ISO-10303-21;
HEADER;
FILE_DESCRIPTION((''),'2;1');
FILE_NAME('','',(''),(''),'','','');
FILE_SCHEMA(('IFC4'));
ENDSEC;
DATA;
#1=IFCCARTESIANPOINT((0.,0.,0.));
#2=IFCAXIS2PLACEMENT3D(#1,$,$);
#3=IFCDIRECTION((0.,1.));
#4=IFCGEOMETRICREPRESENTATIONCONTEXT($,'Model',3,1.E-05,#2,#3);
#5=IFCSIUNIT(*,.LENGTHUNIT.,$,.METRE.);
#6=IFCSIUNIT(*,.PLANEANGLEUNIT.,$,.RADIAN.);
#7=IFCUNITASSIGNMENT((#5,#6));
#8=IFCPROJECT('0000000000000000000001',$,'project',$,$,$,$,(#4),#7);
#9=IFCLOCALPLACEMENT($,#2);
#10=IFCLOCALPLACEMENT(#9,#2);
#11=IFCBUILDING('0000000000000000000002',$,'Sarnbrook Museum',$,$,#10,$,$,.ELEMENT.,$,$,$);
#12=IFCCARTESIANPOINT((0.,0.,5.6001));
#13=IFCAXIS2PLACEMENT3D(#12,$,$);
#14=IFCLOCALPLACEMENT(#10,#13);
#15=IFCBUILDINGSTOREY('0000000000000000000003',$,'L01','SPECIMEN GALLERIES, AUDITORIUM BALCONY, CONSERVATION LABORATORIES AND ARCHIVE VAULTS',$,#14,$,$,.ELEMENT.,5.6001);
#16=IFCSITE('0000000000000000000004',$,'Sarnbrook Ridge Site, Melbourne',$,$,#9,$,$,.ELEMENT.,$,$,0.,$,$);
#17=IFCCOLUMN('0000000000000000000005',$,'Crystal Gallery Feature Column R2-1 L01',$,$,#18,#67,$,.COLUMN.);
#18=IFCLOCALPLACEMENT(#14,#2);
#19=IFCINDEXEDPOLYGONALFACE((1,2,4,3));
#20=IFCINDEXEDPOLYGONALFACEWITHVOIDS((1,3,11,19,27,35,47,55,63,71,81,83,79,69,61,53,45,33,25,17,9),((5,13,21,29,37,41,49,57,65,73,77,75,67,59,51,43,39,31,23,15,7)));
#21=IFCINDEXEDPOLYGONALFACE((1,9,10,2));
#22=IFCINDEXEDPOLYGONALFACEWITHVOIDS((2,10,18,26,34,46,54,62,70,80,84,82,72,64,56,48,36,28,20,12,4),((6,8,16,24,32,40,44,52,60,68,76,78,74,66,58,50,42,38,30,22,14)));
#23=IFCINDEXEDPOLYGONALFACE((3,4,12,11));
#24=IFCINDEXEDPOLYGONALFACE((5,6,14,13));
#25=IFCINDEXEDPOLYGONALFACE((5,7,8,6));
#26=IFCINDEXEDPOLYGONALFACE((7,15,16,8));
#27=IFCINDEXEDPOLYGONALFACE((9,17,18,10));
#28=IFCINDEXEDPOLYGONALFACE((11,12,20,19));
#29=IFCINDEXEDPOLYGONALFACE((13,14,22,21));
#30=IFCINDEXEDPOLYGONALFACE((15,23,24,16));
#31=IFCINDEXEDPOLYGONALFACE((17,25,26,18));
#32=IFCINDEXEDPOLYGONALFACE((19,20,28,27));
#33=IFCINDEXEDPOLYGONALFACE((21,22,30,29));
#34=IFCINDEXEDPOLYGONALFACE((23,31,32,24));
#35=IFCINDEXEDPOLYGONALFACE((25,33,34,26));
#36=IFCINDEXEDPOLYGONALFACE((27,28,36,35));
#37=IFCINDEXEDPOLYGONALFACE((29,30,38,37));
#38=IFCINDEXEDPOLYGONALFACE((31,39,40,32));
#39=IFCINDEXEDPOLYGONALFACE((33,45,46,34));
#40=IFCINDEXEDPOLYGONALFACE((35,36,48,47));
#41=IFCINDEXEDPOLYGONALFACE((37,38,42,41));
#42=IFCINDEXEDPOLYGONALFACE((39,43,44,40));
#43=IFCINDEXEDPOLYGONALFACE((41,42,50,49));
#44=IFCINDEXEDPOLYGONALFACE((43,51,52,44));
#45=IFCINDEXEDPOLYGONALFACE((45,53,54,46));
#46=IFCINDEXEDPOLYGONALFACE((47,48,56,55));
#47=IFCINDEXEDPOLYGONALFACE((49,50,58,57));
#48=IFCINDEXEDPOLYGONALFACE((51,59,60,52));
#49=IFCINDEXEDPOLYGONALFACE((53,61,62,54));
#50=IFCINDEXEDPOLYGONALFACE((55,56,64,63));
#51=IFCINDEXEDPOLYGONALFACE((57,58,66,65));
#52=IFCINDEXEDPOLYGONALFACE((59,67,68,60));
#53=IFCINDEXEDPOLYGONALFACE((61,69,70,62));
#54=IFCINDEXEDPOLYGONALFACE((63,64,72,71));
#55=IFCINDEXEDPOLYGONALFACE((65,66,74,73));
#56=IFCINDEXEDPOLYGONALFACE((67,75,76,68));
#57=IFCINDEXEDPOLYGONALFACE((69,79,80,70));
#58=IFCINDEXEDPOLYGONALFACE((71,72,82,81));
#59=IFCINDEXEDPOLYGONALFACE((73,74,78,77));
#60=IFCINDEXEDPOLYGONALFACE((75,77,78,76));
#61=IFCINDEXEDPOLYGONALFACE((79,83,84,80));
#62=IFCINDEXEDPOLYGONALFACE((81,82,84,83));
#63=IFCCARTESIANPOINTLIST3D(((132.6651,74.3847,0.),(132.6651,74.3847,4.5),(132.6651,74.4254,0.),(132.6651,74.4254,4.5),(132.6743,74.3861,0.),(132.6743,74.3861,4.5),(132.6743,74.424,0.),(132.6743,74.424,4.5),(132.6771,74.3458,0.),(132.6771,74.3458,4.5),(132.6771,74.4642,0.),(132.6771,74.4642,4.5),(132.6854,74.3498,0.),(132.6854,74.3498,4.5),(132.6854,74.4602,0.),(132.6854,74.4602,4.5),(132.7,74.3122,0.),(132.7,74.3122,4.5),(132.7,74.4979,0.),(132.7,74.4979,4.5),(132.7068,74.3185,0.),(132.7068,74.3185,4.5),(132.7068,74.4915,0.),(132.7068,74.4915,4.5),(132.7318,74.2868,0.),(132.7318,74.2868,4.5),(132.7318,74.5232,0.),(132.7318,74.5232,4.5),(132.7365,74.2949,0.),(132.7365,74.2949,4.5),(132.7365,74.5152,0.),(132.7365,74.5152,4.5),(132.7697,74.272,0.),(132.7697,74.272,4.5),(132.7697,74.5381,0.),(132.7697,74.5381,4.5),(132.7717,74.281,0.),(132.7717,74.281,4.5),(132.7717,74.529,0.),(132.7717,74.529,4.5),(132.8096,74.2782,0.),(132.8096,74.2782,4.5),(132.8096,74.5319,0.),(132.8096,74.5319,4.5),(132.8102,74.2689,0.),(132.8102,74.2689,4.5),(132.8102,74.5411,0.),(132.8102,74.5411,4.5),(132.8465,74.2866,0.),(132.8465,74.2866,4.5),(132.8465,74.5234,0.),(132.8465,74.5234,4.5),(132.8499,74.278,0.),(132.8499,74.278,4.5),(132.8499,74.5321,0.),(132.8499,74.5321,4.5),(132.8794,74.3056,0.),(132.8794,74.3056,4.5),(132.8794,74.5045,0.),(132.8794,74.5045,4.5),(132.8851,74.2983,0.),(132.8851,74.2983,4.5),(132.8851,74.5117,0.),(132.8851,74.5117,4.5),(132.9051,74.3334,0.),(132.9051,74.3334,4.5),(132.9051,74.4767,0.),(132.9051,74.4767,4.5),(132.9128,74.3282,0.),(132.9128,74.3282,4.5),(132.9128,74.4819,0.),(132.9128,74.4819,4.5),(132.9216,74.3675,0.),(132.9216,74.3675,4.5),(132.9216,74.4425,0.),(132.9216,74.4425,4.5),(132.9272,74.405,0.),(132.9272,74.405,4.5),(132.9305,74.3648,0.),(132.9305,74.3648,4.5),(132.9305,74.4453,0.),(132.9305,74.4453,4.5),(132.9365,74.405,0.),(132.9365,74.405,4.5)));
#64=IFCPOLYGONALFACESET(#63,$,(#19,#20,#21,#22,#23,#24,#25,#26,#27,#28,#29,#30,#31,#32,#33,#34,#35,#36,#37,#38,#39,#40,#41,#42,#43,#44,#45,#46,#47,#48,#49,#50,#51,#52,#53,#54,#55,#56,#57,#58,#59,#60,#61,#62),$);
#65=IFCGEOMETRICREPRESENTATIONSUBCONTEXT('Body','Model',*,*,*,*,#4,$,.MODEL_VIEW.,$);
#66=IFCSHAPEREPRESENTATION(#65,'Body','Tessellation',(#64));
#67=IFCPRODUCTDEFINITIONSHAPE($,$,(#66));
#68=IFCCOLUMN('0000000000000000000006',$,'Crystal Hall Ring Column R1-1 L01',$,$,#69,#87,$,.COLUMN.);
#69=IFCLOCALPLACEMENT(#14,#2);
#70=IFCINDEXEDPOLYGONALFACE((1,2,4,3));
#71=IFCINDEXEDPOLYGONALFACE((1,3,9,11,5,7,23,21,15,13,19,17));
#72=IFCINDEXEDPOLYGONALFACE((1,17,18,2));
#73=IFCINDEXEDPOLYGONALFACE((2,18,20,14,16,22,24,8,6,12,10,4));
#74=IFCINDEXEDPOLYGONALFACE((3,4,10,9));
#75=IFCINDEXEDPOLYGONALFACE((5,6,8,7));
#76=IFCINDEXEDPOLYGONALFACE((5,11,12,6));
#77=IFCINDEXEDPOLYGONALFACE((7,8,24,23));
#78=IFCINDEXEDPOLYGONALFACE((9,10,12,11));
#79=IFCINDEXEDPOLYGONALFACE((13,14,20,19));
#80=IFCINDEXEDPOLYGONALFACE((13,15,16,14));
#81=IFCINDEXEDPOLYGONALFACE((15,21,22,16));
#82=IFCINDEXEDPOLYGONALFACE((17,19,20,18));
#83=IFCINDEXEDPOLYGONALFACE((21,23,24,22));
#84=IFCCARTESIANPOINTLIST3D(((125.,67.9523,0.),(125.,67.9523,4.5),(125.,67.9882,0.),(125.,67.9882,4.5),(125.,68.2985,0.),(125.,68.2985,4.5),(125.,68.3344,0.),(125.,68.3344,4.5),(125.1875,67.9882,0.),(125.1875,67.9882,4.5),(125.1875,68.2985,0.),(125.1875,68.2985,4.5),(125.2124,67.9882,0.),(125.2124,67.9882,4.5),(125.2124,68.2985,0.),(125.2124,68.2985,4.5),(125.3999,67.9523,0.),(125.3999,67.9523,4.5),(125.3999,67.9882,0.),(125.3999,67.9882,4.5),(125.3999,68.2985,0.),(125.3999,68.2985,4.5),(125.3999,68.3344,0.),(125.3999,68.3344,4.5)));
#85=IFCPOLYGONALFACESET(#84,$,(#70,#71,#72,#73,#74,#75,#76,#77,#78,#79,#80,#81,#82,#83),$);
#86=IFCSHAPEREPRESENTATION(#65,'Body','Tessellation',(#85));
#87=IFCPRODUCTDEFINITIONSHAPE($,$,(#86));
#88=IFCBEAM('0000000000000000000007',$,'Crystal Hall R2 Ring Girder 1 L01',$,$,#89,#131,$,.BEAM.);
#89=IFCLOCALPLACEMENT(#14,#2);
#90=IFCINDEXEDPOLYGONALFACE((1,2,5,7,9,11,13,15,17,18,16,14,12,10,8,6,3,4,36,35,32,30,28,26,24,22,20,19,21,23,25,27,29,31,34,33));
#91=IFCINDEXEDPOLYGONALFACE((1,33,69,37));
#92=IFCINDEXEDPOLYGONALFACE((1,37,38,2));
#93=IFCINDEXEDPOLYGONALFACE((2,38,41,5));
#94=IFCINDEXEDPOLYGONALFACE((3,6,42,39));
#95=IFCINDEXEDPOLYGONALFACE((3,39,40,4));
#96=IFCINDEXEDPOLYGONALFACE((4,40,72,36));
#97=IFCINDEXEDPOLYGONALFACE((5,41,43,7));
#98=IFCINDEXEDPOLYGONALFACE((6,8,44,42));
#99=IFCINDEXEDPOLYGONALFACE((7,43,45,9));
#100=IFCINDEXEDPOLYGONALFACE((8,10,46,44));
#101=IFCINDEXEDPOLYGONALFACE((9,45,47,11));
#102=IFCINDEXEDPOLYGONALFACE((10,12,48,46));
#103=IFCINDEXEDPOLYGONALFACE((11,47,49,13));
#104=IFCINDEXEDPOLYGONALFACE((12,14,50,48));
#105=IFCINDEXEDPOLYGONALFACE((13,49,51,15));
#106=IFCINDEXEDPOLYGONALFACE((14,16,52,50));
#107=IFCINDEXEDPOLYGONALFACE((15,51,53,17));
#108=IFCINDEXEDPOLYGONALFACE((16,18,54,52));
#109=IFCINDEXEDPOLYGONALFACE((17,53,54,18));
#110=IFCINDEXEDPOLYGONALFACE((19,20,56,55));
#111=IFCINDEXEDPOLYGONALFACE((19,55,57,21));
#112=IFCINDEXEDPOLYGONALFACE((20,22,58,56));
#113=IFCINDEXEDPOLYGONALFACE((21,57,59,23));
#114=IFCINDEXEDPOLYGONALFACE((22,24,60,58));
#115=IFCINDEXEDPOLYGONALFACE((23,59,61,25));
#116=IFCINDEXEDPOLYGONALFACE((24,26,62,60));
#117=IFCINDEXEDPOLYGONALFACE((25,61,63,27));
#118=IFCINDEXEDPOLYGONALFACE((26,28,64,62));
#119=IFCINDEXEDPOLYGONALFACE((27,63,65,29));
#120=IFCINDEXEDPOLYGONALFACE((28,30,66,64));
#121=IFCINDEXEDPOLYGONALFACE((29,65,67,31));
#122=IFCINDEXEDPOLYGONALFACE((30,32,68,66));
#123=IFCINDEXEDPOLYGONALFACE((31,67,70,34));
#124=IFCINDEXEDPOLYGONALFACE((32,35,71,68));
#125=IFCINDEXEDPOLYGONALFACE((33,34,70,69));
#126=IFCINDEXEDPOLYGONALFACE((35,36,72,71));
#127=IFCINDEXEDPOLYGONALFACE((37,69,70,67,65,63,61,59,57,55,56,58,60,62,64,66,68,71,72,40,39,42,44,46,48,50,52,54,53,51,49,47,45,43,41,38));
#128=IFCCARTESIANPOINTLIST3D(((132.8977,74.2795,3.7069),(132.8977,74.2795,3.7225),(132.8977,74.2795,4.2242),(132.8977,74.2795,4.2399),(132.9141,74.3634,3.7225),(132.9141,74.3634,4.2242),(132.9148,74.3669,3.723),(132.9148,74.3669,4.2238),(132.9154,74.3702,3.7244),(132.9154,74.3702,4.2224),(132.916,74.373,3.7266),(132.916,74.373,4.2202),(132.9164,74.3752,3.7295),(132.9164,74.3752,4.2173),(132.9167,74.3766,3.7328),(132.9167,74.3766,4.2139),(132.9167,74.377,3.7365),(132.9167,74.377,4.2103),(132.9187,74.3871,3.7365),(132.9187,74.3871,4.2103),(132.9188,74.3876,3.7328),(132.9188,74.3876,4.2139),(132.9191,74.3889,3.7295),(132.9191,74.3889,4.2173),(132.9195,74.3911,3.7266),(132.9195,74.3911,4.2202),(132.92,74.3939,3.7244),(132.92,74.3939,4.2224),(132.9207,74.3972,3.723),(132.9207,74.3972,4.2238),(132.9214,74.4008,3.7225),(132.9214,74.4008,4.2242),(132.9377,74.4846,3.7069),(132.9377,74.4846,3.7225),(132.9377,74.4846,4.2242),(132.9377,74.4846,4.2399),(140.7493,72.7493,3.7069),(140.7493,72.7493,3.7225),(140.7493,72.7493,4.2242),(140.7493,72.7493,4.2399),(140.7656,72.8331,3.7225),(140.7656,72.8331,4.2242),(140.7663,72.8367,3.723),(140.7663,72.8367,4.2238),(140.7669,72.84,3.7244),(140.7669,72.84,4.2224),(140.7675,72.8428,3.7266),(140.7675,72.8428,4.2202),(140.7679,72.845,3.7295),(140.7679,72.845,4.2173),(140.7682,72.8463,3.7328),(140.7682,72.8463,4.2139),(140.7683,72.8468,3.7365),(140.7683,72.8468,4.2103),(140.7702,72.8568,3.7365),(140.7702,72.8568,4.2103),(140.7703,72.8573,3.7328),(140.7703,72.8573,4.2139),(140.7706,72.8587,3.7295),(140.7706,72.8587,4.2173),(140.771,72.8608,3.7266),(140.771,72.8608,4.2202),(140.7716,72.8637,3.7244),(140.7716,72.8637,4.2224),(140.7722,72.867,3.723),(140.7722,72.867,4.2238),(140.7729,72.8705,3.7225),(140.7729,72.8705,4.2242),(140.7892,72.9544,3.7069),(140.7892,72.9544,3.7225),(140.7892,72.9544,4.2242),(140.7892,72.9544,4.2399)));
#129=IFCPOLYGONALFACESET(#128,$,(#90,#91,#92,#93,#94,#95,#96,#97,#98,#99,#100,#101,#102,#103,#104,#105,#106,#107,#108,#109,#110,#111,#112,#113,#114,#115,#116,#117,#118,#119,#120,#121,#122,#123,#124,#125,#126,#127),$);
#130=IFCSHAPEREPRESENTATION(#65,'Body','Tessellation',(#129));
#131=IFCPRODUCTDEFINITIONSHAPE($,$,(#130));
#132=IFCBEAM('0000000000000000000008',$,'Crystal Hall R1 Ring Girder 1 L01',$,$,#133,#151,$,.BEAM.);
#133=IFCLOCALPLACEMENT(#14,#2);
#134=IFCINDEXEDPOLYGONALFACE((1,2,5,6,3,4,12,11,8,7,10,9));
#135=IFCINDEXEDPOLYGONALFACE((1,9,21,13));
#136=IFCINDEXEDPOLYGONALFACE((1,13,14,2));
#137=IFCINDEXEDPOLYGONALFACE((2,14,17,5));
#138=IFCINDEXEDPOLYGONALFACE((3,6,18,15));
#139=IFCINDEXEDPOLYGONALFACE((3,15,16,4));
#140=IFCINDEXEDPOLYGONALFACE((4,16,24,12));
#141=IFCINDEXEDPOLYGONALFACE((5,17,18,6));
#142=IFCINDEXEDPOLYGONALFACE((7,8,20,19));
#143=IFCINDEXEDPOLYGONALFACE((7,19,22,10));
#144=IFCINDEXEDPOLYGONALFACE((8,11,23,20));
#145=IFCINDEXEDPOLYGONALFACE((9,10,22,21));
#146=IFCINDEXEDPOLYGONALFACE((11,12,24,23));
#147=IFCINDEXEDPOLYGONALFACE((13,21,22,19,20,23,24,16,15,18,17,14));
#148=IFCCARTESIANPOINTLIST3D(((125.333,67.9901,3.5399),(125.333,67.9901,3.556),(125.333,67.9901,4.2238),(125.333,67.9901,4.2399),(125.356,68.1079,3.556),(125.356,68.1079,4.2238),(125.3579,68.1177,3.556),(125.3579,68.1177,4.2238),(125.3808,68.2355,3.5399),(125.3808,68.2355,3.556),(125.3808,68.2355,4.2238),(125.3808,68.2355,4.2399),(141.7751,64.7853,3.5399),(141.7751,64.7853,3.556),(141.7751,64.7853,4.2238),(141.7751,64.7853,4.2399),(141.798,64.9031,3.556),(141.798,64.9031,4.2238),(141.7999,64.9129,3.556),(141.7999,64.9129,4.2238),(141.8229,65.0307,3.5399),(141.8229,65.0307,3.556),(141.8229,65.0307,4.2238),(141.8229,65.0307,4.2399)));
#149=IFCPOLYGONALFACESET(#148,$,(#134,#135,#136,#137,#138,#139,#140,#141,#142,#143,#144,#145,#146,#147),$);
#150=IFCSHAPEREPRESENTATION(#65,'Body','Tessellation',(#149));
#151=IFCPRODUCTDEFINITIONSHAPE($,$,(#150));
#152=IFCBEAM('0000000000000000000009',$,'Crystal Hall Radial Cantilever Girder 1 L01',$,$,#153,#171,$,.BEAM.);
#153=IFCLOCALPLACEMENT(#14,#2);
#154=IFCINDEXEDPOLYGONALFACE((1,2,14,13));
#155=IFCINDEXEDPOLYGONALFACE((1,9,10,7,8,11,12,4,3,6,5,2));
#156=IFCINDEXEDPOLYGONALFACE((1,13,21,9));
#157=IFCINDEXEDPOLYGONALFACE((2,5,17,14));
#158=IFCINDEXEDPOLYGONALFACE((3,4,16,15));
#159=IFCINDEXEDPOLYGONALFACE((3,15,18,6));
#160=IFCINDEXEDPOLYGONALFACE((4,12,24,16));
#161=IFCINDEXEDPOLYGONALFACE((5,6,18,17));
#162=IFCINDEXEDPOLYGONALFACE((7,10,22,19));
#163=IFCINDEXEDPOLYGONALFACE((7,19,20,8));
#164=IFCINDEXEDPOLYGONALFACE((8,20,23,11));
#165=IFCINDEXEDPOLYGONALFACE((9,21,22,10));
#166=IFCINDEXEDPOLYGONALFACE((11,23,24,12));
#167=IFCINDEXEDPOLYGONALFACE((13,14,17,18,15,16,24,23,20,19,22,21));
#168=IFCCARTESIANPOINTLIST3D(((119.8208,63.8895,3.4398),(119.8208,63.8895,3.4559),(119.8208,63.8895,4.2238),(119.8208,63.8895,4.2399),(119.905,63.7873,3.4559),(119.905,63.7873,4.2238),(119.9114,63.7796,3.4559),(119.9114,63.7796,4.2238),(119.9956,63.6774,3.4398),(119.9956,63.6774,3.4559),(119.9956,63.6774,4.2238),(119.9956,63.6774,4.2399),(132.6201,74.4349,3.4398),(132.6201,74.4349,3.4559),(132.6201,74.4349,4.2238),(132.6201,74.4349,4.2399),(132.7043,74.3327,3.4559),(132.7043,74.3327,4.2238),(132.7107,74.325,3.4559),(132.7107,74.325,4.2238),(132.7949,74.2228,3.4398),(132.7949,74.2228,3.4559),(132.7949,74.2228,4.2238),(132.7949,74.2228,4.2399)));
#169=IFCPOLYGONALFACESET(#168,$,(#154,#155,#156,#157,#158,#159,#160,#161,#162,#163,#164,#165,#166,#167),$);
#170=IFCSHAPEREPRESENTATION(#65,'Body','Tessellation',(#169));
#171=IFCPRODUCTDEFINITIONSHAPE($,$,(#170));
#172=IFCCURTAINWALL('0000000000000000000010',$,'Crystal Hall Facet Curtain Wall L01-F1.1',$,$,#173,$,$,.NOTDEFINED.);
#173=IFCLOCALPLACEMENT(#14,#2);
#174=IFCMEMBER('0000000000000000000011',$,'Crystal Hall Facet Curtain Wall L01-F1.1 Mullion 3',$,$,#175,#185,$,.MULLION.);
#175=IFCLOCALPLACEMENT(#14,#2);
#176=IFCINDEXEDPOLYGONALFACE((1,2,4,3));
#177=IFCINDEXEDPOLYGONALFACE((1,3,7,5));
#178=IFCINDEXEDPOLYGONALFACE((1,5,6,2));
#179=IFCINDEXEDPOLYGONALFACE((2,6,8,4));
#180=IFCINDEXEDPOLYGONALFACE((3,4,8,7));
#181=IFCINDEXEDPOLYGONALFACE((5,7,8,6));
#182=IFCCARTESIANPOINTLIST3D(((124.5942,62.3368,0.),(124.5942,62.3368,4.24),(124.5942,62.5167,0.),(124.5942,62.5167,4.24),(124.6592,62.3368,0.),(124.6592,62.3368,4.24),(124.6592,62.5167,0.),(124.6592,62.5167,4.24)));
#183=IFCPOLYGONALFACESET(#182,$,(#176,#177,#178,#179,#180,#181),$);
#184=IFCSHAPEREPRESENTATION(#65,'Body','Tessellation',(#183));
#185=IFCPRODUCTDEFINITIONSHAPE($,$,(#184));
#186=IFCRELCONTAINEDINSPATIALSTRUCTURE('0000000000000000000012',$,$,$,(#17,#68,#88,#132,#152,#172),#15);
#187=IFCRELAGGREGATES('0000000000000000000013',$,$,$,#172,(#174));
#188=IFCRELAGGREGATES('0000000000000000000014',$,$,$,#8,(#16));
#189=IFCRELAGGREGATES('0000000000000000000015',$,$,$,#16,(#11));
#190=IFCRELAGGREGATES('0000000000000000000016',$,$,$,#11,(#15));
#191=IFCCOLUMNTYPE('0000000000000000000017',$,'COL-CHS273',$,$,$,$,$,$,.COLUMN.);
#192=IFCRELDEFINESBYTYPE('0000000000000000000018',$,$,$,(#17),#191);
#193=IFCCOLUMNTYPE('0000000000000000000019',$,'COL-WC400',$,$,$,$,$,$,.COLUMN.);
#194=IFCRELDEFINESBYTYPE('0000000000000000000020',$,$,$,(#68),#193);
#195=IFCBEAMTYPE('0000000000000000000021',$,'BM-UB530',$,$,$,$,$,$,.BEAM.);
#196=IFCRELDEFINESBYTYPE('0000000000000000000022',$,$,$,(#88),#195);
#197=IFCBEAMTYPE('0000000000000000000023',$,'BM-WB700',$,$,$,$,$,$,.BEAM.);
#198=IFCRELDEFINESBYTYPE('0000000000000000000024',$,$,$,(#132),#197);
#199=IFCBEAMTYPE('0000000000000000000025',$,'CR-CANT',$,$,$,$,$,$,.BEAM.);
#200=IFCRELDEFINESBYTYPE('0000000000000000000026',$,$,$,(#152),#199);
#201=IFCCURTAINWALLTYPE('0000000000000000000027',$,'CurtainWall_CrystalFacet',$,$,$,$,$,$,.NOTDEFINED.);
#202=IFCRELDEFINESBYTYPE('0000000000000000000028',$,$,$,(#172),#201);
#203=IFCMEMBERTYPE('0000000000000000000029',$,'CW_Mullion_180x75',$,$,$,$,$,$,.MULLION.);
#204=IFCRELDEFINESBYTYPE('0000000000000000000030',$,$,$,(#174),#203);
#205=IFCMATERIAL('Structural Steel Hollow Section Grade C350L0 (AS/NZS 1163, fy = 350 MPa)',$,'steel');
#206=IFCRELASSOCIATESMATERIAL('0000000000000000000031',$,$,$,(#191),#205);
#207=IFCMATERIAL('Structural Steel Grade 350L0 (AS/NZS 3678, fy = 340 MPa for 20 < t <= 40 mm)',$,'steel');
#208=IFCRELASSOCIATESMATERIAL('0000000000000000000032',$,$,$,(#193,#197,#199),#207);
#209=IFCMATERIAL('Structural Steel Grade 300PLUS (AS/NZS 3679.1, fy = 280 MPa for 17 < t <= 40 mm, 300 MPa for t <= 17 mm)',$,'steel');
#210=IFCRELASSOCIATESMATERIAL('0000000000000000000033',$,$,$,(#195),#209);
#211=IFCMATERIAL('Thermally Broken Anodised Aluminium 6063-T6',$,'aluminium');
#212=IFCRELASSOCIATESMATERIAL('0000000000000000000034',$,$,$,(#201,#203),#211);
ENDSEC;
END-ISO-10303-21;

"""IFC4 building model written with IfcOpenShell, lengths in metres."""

from ifc_helpers import new_model, si_unit, direction, frame, origin, origin_2d, place, context, subcontext, project, spatial, rectangle, hollow_circle, i_section, extrude, material, material_profile, profile_set, type_object, element, aggregate, save


model = new_model("IFC4")

# Units and contexts
model_context = context("Model", 3, precision=1e-05, world=origin(), true_north=direction((0.0, 1.0)))
body_context = subcontext(model_context, "Body", "Model", "MODEL_VIEW")
ifc_project = project(units=[si_unit("LENGTHUNIT", "METRE"), si_unit("PLANEANGLEUNIT", "RADIAN")], contexts=[model_context])

# Site, building, storey
site_placement = place(None, origin())
site = spatial("IfcSite", under=ifc_project, at=site_placement, Name="Sarnbrook Ridge Site, Melbourne", CompositionType="ELEMENT", RefElevation=0.0)
building_placement = place(site_placement, origin())
building = spatial("IfcBuilding", under=site, at=building_placement, Name="Sarnbrook Museum", CompositionType="ELEMENT")
storey_placement = place(building_placement, frame((0.0, 0.0, 5.6001)))
storey = spatial("IfcBuildingStorey", under=building, at=storey_placement, Name="L01", Description="SPECIMEN GALLERIES, AUDITORIUM BALCONY, CONSERVATION LABORATORIES AND ARCHIVE VAULTS", CompositionType="ELEMENT", Elevation=5.6001)

# Columns
ifc_material_1 = material(Name="Structural Steel Hollow Section Grade C350L0 (AS/NZS 1163, fy = 350 MPa)", Category="steel")
ifc_material_profile_1 = material_profile(ifc_material_1, hollow_circle(Radius=0.1365, WallThickness=0.0093, at=origin_2d()), Name="273.1x9.3CHS")
ifc_profile_set_1 = profile_set([ifc_material_profile_1], Name="Structural Steel Hollow Section Grade C350L0 (AS/NZS 1163, fy = 350 MPa)")
column_type_1 = type_object("IfcColumnType", Name="COL-CHS273", PredefinedType="COLUMN", material=ifc_profile_set_1)
column_1_placement = place(storey_placement, frame((132.8, 74.405, 0.0), z_axis=(0.0, 0.0, 1.0), x_axis=(1.0, 0.0, 0.0)))
element("IfcColumn", 1, at=column_1_placement, inside=storey, type_object=column_type_1, Name="Crystal Gallery Feature Column R2-1 L01", PredefinedType="COLUMN", context=body_context, shape_type="SweptSolid", body=[
    extrude(hollow_circle(Radius=0.1365, WallThickness=0.0093, at=origin_2d()), origin(), (0.0, 0.0, 1.0), 4.5),
])
ifc_material_2 = material(Name="Structural Steel Grade 350L0 (AS/NZS 3678, fy = 340 MPa for 20 < t <= 40 mm)", Category="steel")
ifc_material_profile_2 = material_profile(ifc_material_2, i_section(OverallWidth=0.3999, OverallDepth=0.3821, WebThickness=0.0249, FlangeThickness=0.0359, at=origin_2d()), Name="400WC270")
ifc_profile_set_2 = profile_set([ifc_material_profile_2], Name="Structural Steel Grade 350L0 (AS/NZS 3678, fy = 340 MPa for 20 < t <= 40 mm)")
column_type_2 = type_object("IfcColumnType", Name="COL-WC400", PredefinedType="COLUMN", material=ifc_profile_set_2)
column_2_placement = place(storey_placement, frame((125.2, 68.1433, 0.0), z_axis=(0.0, 0.0, 1.0), x_axis=(1.0, 0.0, 0.0)))
element("IfcColumn", 2, at=column_2_placement, inside=storey, type_object=column_type_2, Name="Crystal Hall Ring Column R1-1 L01", PredefinedType="COLUMN", context=body_context, shape_type="SweptSolid", body=[
    extrude(i_section(OverallWidth=0.3999, OverallDepth=0.3821, WebThickness=0.0249, FlangeThickness=0.0359, at=origin_2d()), origin(), (0.0, 0.0, 1.0), 4.5),
])

# Beams
ifc_material_3 = material(Name="Structural Steel Grade 300PLUS (AS/NZS 3679.1, fy = 280 MPa for 17 < t <= 40 mm, 300 MPa for t <= 17 mm)", Category="steel")
ifc_material_profile_3 = material_profile(ifc_material_3, i_section(OverallWidth=0.209, OverallDepth=0.533, WebThickness=0.0103, FlangeThickness=0.0156, FilletRadius=0.0139, at=origin_2d()), Name="530UB92.4")
ifc_profile_set_3 = profile_set([ifc_material_profile_3], Name="Structural Steel Grade 300PLUS (AS/NZS 3679.1, fy = 280 MPa for 17 < t <= 40 mm, 300 MPa for t <= 17 mm)")
beam_type_1 = type_object("IfcBeamType", Name="BM-UB530", PredefinedType="BEAM", material=ifc_profile_set_3)
beam_1_placement = place(storey_placement, frame((132.9177, 74.3821, 3.9734), z_axis=(0.981531, -0.191301, 0.0), x_axis=(0.191301, 0.981531, 0.0)))
element("IfcBeam", 3, at=beam_1_placement, inside=storey, type_object=beam_type_1, Name="Crystal Hall R2 Ring Girder 1 L01", PredefinedType="BEAM", context=body_context, shape_type="SweptSolid", body=[
    extrude(i_section(OverallWidth=0.209, OverallDepth=0.533, WebThickness=0.0103, FlangeThickness=0.0156, FilletRadius=0.0139, at=origin_2d()), origin(), (0.0, 0.0, 1.0), 7.9993),
])
ifc_material_profile_4 = material_profile(ifc_material_2, i_section(OverallWidth=0.25, OverallDepth=0.7, WebThickness=0.01, FlangeThickness=0.0161, at=origin_2d()), Name="700WB130")
ifc_profile_set_4 = profile_set([ifc_material_profile_4], Name="Structural Steel Grade 350L0 (AS/NZS 3678, fy = 340 MPa for 20 < t <= 40 mm)")
beam_type_2 = type_object("IfcBeamType", Name="BM-WB700", PredefinedType="BEAM", material=ifc_profile_set_4)
beam_2_placement = place(storey_placement, frame((125.3569, 68.1128, 3.8899), z_axis=(0.981529, -0.191316, 0.0), x_axis=(0.191316, 0.981529, 0.0)))
element("IfcBeam", 4, at=beam_2_placement, inside=storey, type_object=beam_type_2, Name="Crystal Hall R1 Ring Girder 1 L01", PredefinedType="BEAM", context=body_context, shape_type="SweptSolid", body=[
    extrude(i_section(OverallWidth=0.25, OverallDepth=0.7, WebThickness=0.01, FlangeThickness=0.0161, at=origin_2d()), origin(), (0.0, 0.0, 1.0), 16.7515),
])
ifc_material_profile_5 = material_profile(ifc_material_2, i_section(OverallWidth=0.2749, OverallDepth=0.8, WebThickness=0.01, FlangeThickness=0.0161, at=origin_2d()), Name="800WB146")
ifc_profile_set_5 = profile_set([ifc_material_profile_5], Name="Structural Steel Grade 350L0 (AS/NZS 3678, fy = 340 MPa for 20 < t <= 40 mm)")
beam_type_3 = type_object("IfcBeamType", Name="CR-CANT", PredefinedType="BEAM", material=ifc_profile_set_5)
beam_3_placement = place(storey_placement, frame((132.7075, 74.3289, 3.8398), z_axis=(-0.771788, -0.63588, 0.0), x_axis=(0.63588, -0.771788, 0.0)))
element("IfcBeam", 5, at=beam_3_placement, inside=storey, type_object=beam_type_3, Name="Crystal Hall Radial Cantilever Girder 1 L01", PredefinedType="BEAM", context=body_context, shape_type="SweptSolid", body=[
    extrude(i_section(OverallWidth=0.2749, OverallDepth=0.8, WebThickness=0.01, FlangeThickness=0.0161, at=origin_2d()), origin(), (0.0, 0.0, 1.0), 16.584),
])

# Curtain wall, member
ifc_material_4 = material(Name="Thermally Broken Anodised Aluminium 6063-T6", Category="aluminium")
curtain_wall_type = type_object("IfcCurtainWallType", Name="CurtainWall_CrystalFacet", PredefinedType="NOTDEFINED", material=ifc_material_4)
curtain_wall_1_placement = place(storey_placement, origin())
curtain_wall_1 = element("IfcCurtainWall", 6, at=curtain_wall_1_placement, inside=storey, type_object=curtain_wall_type, Name="Crystal Hall Facet Curtain Wall L01-F1.1", PredefinedType="NOTDEFINED")
ifc_material_profile_6 = material_profile(ifc_material_4, rectangle(XDim=0.0649, YDim=0.1799, at=origin_2d()), Name="ALU MULLION 65x180")
ifc_profile_set_6 = profile_set([ifc_material_profile_6], Name="Thermally Broken Anodised Aluminium 6063-T6")
member_type_1 = type_object("IfcMemberType", Name="CW_Mullion_180x75", PredefinedType="MULLION", material=ifc_profile_set_6)
member_1_placement = place(storey_placement, frame((124.6267, 62.4268, 0.0), z_axis=(0.0, 0.0, 1.0), x_axis=(1.0, 0.0, 0.0)))
member_1 = element("IfcMember", 7, at=member_1_placement, type_object=member_type_1, Name="Crystal Hall Facet Curtain Wall L01-F1.1 Mullion 3", PredefinedType="MULLION", context=body_context, shape_type="SweptSolid", body=[
    extrude(rectangle(XDim=0.0649, YDim=0.1799, at=origin_2d()), origin(), (0.0, 0.0, 1.0), 4.24),
])

aggregate(curtain_wall_1, [member_1])

save(model, "model.ifc")
